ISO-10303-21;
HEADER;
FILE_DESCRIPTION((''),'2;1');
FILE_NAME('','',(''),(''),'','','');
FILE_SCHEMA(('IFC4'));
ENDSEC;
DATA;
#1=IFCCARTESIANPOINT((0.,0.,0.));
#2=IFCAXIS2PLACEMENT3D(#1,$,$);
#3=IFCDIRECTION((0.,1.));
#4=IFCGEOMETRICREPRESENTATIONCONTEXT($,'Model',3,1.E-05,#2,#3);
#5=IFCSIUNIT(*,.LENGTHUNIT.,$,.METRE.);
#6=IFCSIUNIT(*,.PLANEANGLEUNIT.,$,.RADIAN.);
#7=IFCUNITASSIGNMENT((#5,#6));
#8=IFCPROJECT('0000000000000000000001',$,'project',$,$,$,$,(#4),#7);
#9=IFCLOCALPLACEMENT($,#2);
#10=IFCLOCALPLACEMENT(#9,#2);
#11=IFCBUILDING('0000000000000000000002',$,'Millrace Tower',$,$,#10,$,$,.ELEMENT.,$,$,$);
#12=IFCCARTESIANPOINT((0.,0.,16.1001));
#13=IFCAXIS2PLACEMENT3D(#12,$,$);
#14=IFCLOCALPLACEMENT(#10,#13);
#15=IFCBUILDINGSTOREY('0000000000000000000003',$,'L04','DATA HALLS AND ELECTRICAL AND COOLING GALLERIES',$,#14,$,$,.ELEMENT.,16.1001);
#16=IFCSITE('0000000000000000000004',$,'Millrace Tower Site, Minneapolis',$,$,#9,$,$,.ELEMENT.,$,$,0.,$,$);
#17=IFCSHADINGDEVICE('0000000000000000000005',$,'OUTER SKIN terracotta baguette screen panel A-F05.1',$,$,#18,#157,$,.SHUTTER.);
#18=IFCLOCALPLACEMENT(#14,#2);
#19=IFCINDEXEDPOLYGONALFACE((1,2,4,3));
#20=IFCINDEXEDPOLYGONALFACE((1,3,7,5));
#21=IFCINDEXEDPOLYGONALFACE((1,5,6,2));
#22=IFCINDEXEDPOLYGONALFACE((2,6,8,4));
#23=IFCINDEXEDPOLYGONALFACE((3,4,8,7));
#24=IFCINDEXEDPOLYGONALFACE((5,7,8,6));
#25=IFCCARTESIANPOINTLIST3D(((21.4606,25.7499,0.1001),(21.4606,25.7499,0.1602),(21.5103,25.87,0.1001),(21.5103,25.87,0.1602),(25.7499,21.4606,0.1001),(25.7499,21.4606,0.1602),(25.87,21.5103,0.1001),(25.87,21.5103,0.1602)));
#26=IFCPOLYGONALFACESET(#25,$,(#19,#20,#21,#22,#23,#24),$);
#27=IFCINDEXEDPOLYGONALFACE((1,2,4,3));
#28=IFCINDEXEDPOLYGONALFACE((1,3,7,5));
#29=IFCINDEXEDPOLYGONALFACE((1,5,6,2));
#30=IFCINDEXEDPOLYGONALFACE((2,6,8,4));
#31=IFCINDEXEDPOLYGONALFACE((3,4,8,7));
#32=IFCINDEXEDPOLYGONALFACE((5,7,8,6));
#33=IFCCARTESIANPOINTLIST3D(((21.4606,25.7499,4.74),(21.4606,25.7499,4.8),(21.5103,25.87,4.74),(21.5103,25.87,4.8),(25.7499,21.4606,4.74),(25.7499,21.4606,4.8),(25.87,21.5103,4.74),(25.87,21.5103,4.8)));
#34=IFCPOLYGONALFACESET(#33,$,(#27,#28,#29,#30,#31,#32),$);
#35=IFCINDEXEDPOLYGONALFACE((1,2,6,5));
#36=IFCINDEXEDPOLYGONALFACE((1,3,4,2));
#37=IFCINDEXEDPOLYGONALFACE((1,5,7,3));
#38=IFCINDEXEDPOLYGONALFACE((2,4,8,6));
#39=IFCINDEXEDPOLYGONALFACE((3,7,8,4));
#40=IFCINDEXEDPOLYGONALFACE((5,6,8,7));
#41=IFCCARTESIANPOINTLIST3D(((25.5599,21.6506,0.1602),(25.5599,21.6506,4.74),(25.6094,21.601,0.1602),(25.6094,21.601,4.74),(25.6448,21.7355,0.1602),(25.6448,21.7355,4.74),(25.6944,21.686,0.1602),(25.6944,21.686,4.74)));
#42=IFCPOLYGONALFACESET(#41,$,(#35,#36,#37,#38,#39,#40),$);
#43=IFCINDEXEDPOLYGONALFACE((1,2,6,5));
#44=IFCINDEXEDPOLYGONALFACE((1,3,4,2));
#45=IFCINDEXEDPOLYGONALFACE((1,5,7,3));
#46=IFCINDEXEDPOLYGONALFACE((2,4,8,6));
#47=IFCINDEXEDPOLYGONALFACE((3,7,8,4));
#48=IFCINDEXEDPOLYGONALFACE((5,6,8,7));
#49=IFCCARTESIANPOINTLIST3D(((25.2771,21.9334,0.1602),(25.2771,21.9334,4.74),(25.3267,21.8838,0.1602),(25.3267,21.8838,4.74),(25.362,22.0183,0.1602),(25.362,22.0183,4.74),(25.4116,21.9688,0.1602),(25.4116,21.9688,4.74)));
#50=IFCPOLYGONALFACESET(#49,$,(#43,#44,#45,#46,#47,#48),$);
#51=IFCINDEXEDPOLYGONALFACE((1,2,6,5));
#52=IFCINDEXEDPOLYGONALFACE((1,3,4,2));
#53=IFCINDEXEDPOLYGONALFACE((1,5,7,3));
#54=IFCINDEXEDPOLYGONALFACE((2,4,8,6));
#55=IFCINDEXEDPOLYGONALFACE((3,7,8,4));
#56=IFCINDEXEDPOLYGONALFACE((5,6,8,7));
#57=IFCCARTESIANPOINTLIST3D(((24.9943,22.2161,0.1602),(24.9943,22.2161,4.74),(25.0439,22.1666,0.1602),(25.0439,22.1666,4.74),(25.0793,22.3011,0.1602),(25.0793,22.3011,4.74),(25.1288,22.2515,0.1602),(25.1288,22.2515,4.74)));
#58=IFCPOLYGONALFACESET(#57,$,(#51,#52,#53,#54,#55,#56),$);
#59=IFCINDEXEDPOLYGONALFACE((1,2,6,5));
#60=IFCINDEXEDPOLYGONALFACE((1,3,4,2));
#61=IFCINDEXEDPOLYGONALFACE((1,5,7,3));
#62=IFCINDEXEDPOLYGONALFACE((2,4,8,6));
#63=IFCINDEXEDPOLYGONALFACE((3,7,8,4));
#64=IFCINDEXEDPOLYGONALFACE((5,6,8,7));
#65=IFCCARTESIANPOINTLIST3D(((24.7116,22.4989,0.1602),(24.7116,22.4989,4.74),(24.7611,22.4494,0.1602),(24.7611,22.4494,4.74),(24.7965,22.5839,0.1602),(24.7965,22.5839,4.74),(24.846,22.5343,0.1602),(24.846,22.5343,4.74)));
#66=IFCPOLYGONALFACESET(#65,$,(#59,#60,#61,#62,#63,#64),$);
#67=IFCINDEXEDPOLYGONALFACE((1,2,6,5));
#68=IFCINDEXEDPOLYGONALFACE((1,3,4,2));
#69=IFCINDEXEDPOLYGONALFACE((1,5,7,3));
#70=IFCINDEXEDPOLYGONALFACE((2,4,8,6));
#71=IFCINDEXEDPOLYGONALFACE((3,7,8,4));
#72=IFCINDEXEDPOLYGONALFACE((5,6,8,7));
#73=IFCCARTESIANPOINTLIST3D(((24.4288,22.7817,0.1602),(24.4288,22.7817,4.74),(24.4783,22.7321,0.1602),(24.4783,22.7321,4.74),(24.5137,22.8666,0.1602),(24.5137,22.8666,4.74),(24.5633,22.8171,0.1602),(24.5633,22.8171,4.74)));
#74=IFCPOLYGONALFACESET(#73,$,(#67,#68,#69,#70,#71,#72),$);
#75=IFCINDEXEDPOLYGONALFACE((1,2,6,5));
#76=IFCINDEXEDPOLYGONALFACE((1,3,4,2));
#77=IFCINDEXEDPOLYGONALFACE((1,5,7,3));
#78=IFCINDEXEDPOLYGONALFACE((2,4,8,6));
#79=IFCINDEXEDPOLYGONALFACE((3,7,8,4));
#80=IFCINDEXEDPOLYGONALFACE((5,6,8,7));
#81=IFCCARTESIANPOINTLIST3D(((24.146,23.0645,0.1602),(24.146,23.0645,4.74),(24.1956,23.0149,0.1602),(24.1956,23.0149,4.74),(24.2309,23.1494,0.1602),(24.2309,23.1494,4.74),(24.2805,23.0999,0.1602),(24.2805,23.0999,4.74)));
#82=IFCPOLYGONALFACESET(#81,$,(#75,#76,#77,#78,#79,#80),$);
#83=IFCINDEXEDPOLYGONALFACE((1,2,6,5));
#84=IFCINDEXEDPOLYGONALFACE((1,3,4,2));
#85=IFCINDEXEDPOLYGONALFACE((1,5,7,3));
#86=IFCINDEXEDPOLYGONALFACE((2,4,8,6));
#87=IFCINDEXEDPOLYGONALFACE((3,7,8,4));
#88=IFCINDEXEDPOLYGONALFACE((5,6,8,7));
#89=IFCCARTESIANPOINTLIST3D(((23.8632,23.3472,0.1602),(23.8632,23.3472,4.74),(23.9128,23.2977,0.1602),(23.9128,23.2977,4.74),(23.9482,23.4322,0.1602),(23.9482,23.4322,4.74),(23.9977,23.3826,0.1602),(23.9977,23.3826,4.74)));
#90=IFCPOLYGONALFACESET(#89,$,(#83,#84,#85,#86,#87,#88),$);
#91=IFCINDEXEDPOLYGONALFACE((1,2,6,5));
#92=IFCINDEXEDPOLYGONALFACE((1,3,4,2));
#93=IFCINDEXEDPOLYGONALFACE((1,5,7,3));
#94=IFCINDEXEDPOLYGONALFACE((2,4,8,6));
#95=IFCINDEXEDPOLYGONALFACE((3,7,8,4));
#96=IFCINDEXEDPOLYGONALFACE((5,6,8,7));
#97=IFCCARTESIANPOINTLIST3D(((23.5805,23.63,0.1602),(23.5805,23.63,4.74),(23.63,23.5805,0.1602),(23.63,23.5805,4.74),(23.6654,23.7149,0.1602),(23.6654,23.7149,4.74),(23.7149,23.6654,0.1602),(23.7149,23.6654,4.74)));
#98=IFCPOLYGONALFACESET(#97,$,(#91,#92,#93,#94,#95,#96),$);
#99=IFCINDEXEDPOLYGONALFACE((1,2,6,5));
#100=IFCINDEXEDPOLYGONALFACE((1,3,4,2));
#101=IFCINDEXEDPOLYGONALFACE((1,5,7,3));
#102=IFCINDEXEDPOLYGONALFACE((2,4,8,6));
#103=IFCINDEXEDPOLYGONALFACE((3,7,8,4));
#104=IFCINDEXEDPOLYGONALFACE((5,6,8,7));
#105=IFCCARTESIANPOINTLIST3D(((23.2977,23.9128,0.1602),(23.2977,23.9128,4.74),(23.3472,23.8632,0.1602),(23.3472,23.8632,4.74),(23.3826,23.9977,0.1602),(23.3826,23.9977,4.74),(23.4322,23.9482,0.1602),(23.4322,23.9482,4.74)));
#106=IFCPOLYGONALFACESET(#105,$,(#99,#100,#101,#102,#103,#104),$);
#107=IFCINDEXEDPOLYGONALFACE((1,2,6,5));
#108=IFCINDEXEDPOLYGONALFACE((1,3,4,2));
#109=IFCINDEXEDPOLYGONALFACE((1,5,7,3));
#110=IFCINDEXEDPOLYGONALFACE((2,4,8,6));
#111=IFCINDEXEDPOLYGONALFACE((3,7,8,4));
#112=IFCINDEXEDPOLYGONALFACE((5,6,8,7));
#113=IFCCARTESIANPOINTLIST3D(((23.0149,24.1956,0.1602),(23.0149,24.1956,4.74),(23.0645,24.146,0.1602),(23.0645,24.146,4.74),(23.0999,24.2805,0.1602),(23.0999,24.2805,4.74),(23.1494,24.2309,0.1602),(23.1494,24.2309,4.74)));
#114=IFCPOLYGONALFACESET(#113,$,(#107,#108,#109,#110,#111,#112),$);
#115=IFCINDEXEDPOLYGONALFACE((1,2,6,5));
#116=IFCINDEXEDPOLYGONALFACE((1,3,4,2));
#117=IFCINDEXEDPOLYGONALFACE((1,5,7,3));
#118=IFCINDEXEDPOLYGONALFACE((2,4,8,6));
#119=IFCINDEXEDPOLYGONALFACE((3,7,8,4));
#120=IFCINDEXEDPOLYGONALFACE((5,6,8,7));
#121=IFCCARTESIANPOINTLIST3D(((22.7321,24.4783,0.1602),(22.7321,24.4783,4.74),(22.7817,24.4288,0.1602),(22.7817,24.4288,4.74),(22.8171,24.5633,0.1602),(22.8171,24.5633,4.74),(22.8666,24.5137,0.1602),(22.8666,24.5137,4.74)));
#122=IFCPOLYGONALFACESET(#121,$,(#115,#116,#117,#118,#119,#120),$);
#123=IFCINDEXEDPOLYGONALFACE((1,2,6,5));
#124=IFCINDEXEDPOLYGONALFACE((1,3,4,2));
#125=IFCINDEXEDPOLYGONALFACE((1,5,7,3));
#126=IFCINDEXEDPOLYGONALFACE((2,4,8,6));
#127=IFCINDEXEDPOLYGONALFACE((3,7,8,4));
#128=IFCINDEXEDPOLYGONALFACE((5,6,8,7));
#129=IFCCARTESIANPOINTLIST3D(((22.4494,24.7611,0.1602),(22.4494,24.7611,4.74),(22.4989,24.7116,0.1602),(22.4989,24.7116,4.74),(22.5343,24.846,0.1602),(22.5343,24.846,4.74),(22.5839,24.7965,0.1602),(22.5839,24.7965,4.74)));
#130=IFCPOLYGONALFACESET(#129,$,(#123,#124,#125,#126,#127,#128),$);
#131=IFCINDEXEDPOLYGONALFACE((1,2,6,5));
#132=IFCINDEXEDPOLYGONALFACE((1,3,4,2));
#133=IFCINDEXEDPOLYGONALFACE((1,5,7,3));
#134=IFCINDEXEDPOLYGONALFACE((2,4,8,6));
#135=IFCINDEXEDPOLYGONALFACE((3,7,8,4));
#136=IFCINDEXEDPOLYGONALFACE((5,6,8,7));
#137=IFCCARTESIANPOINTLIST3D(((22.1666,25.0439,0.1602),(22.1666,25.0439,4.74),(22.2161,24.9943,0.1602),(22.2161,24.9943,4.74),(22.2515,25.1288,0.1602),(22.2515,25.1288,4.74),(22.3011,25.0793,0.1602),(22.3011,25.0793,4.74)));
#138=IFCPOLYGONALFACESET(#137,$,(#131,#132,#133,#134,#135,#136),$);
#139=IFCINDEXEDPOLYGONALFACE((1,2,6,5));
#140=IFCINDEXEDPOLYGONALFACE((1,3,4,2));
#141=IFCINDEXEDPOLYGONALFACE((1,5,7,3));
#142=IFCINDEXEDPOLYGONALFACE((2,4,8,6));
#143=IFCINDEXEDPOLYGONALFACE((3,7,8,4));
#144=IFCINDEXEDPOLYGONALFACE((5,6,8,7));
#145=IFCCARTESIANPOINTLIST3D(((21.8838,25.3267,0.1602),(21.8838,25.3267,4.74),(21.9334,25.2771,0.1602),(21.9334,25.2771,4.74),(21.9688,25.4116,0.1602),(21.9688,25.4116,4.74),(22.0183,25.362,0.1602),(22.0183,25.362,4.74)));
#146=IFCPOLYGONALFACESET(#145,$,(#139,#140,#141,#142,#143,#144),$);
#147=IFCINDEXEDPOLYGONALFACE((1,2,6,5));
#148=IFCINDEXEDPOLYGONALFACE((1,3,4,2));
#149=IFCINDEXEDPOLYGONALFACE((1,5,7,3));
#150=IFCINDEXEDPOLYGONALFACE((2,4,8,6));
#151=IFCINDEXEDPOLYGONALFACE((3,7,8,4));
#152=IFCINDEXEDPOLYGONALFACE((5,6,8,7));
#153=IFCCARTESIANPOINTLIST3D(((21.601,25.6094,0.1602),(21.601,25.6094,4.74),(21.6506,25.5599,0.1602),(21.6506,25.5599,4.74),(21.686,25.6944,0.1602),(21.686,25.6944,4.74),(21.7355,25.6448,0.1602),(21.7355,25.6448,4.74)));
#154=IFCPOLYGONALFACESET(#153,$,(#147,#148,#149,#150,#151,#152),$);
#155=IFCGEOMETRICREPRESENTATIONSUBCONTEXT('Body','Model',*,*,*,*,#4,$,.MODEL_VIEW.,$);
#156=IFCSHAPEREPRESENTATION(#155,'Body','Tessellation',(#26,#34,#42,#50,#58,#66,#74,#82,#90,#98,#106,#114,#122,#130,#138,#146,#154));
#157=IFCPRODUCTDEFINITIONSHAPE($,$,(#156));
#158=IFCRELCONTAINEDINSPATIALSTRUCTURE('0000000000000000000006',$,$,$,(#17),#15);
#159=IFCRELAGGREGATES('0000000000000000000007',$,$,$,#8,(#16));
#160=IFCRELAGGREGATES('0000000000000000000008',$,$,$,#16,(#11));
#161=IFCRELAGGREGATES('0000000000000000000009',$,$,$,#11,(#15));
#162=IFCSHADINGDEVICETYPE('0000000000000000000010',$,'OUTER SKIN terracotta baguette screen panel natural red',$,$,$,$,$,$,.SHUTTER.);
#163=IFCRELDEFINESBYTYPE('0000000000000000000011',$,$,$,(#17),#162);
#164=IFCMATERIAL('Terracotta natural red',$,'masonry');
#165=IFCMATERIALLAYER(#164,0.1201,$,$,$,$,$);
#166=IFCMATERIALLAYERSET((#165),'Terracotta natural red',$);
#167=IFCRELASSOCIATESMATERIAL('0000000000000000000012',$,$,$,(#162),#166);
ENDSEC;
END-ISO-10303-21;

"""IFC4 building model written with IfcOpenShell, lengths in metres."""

from ifc_helpers import new_model, entity, si_unit, direction, frame, frame_2d, origin, origin_2d, place, context, subcontext, project, spatial, rectangle, extrude, source, transform, mapped, material, layer, layer_set, type_object, element, save


model = new_model("IFC4")

# Units and contexts
model_context = context("Model", 3, precision=1e-05, world=origin(), true_north=direction((0.0, 1.0)))
body_context = subcontext(model_context, "Body", "Model", "MODEL_VIEW")
ifc_project = project(units=[si_unit("LENGTHUNIT", "METRE"), si_unit("PLANEANGLEUNIT", "RADIAN")], contexts=[model_context])

# Site, building, storey
site_placement = place(None, origin())
site = spatial("IfcSite", under=ifc_project, at=site_placement, Name="Millrace Tower Site, Minneapolis", CompositionType="ELEMENT", RefElevation=0.0)
building_placement = place(site_placement, origin())
building = spatial("IfcBuilding", under=site, at=building_placement, Name="Millrace Tower", CompositionType="ELEMENT")
storey_placement = place(building_placement, frame((0.0, 0.0, 16.1001)))
storey = spatial("IfcBuildingStorey", under=building, at=storey_placement, Name="L04", Description="DATA HALLS AND ELECTRICAL AND COOLING GALLERIES", CompositionType="ELEMENT", Elevation=16.1001)

# Shading device
ifc_material_1 = material(Name="Terracotta natural red", Category="masonry")
ifc_layer_1 = layer(ifc_material_1, 0.1201)
ifc_layer_set_1 = layer_set([ifc_layer_1], Name="Terracotta natural red")
shading_device_type_1 = type_object("IfcShadingDeviceType", Name="OUTER SKIN terracotta baguette screen panel natural red", PredefinedType="SHUTTER", material=ifc_layer_set_1)
cartesian_point_1 = entity("IfcCartesianPoint", [-3.033, 0.0601])
shared_polyline_1 = entity("IfcPolyline", [cartesian_point_1, entity("IfcCartesianPoint", [3.033, 0.0601]), entity("IfcCartesianPoint", [3.0828, -0.0601]), entity("IfcCartesianPoint", [-3.0828, -0.0601]), cartesian_point_1])
shared_shape_1 = source(origin(), body_context, "Body", "SweptSolid", [
    entity("IfcExtrudedAreaSolid", entity("IfcArbitraryClosedProfileDef", "AREA", None, shared_polyline_1), entity("IfcAxis2Placement3D", entity("IfcCartesianPoint", [0.0, 0.0, 0.0])), entity("IfcDirection", [0.0, 0.0, 1.0]), 0.0601),
    entity("IfcExtrudedAreaSolid", entity("IfcArbitraryClosedProfileDef", "AREA", None, shared_polyline_1), entity("IfcAxis2Placement3D", entity("IfcCartesianPoint", [0.0, 0.0, 4.6399])), entity("IfcDirection", [0.0, 0.0, 1.0]), 0.0601),
    extrude(rectangle(XDim=0.0701, YDim=0.1201, at=frame_2d((-2.7993, 0.0))), frame((0.0, 0.0, 0.0601)), (0.0, 0.0, 1.0), 4.5798),
    extrude(rectangle(XDim=0.0701, YDim=0.1201, at=frame_2d((-2.3994, 0.0))), frame((0.0, 0.0, 0.0601)), (0.0, 0.0, 1.0), 4.5798),
    extrude(rectangle(XDim=0.0701, YDim=0.1201, at=frame_2d((-1.9995, 0.0))), frame((0.0, 0.0, 0.0601)), (0.0, 0.0, 1.0), 4.5798),
    extrude(rectangle(XDim=0.0701, YDim=0.1201, at=frame_2d((-1.5996, 0.0))), frame((0.0, 0.0, 0.0601)), (0.0, 0.0, 1.0), 4.5798),
    extrude(rectangle(XDim=0.0701, YDim=0.1201, at=frame_2d((-1.1997, 0.0))), frame((0.0, 0.0, 0.0601)), (0.0, 0.0, 1.0), 4.5798),
    extrude(rectangle(XDim=0.0701, YDim=0.1201, at=frame_2d((-0.7998, 0.0))), frame((0.0, 0.0, 0.0601)), (0.0, 0.0, 1.0), 4.5798),
    extrude(rectangle(XDim=0.0701, YDim=0.1201, at=frame_2d((-0.3999, 0.0))), frame((0.0, 0.0, 0.0601)), (0.0, 0.0, 1.0), 4.5798),
    extrude(rectangle(XDim=0.0701, YDim=0.1201, at=origin_2d()), frame((0.0, 0.0, 0.0601)), (0.0, 0.0, 1.0), 4.5798),
    extrude(rectangle(XDim=0.0701, YDim=0.1201, at=frame_2d((0.3999, 0.0))), frame((0.0, 0.0, 0.0601)), (0.0, 0.0, 1.0), 4.5798),
    extrude(rectangle(XDim=0.0701, YDim=0.1201, at=frame_2d((0.7998, 0.0))), frame((0.0, 0.0, 0.0601)), (0.0, 0.0, 1.0), 4.5798),
    extrude(rectangle(XDim=0.0701, YDim=0.1201, at=frame_2d((1.1997, 0.0))), frame((0.0, 0.0, 0.0601)), (0.0, 0.0, 1.0), 4.5798),
    extrude(rectangle(XDim=0.0701, YDim=0.1201, at=frame_2d((1.5996, 0.0))), frame((0.0, 0.0, 0.0601)), (0.0, 0.0, 1.0), 4.5798),
    extrude(rectangle(XDim=0.0701, YDim=0.1201, at=frame_2d((1.9995, 0.0))), frame((0.0, 0.0, 0.0601)), (0.0, 0.0, 1.0), 4.5798),
    extrude(rectangle(XDim=0.0701, YDim=0.1201, at=frame_2d((2.3994, 0.0))), frame((0.0, 0.0, 0.0601)), (0.0, 0.0, 1.0), 4.5798),
    extrude(rectangle(XDim=0.0701, YDim=0.1201, at=frame_2d((2.7993, 0.0))), frame((0.0, 0.0, 0.0601)), (0.0, 0.0, 1.0), 4.5798),
])
shading_device_1_placement = place(storey_placement, frame((23.6477, 23.6477, 0.1001), z_axis=(0.0, 0.0, 1.0), x_axis=(-0.707107, 0.707107, 0.0)))
element("IfcShadingDevice", 1, at=shading_device_1_placement, inside=storey, type_object=shading_device_type_1, Name="OUTER SKIN terracotta baguette screen panel A-F05.1", PredefinedType="SHUTTER", context=body_context, shape_type="MappedRepresentation", body=[
    mapped(shared_shape_1, transform((0.0, 0.0, 0.0), scale=1.0)),
])

save(model, "model.ifc")
